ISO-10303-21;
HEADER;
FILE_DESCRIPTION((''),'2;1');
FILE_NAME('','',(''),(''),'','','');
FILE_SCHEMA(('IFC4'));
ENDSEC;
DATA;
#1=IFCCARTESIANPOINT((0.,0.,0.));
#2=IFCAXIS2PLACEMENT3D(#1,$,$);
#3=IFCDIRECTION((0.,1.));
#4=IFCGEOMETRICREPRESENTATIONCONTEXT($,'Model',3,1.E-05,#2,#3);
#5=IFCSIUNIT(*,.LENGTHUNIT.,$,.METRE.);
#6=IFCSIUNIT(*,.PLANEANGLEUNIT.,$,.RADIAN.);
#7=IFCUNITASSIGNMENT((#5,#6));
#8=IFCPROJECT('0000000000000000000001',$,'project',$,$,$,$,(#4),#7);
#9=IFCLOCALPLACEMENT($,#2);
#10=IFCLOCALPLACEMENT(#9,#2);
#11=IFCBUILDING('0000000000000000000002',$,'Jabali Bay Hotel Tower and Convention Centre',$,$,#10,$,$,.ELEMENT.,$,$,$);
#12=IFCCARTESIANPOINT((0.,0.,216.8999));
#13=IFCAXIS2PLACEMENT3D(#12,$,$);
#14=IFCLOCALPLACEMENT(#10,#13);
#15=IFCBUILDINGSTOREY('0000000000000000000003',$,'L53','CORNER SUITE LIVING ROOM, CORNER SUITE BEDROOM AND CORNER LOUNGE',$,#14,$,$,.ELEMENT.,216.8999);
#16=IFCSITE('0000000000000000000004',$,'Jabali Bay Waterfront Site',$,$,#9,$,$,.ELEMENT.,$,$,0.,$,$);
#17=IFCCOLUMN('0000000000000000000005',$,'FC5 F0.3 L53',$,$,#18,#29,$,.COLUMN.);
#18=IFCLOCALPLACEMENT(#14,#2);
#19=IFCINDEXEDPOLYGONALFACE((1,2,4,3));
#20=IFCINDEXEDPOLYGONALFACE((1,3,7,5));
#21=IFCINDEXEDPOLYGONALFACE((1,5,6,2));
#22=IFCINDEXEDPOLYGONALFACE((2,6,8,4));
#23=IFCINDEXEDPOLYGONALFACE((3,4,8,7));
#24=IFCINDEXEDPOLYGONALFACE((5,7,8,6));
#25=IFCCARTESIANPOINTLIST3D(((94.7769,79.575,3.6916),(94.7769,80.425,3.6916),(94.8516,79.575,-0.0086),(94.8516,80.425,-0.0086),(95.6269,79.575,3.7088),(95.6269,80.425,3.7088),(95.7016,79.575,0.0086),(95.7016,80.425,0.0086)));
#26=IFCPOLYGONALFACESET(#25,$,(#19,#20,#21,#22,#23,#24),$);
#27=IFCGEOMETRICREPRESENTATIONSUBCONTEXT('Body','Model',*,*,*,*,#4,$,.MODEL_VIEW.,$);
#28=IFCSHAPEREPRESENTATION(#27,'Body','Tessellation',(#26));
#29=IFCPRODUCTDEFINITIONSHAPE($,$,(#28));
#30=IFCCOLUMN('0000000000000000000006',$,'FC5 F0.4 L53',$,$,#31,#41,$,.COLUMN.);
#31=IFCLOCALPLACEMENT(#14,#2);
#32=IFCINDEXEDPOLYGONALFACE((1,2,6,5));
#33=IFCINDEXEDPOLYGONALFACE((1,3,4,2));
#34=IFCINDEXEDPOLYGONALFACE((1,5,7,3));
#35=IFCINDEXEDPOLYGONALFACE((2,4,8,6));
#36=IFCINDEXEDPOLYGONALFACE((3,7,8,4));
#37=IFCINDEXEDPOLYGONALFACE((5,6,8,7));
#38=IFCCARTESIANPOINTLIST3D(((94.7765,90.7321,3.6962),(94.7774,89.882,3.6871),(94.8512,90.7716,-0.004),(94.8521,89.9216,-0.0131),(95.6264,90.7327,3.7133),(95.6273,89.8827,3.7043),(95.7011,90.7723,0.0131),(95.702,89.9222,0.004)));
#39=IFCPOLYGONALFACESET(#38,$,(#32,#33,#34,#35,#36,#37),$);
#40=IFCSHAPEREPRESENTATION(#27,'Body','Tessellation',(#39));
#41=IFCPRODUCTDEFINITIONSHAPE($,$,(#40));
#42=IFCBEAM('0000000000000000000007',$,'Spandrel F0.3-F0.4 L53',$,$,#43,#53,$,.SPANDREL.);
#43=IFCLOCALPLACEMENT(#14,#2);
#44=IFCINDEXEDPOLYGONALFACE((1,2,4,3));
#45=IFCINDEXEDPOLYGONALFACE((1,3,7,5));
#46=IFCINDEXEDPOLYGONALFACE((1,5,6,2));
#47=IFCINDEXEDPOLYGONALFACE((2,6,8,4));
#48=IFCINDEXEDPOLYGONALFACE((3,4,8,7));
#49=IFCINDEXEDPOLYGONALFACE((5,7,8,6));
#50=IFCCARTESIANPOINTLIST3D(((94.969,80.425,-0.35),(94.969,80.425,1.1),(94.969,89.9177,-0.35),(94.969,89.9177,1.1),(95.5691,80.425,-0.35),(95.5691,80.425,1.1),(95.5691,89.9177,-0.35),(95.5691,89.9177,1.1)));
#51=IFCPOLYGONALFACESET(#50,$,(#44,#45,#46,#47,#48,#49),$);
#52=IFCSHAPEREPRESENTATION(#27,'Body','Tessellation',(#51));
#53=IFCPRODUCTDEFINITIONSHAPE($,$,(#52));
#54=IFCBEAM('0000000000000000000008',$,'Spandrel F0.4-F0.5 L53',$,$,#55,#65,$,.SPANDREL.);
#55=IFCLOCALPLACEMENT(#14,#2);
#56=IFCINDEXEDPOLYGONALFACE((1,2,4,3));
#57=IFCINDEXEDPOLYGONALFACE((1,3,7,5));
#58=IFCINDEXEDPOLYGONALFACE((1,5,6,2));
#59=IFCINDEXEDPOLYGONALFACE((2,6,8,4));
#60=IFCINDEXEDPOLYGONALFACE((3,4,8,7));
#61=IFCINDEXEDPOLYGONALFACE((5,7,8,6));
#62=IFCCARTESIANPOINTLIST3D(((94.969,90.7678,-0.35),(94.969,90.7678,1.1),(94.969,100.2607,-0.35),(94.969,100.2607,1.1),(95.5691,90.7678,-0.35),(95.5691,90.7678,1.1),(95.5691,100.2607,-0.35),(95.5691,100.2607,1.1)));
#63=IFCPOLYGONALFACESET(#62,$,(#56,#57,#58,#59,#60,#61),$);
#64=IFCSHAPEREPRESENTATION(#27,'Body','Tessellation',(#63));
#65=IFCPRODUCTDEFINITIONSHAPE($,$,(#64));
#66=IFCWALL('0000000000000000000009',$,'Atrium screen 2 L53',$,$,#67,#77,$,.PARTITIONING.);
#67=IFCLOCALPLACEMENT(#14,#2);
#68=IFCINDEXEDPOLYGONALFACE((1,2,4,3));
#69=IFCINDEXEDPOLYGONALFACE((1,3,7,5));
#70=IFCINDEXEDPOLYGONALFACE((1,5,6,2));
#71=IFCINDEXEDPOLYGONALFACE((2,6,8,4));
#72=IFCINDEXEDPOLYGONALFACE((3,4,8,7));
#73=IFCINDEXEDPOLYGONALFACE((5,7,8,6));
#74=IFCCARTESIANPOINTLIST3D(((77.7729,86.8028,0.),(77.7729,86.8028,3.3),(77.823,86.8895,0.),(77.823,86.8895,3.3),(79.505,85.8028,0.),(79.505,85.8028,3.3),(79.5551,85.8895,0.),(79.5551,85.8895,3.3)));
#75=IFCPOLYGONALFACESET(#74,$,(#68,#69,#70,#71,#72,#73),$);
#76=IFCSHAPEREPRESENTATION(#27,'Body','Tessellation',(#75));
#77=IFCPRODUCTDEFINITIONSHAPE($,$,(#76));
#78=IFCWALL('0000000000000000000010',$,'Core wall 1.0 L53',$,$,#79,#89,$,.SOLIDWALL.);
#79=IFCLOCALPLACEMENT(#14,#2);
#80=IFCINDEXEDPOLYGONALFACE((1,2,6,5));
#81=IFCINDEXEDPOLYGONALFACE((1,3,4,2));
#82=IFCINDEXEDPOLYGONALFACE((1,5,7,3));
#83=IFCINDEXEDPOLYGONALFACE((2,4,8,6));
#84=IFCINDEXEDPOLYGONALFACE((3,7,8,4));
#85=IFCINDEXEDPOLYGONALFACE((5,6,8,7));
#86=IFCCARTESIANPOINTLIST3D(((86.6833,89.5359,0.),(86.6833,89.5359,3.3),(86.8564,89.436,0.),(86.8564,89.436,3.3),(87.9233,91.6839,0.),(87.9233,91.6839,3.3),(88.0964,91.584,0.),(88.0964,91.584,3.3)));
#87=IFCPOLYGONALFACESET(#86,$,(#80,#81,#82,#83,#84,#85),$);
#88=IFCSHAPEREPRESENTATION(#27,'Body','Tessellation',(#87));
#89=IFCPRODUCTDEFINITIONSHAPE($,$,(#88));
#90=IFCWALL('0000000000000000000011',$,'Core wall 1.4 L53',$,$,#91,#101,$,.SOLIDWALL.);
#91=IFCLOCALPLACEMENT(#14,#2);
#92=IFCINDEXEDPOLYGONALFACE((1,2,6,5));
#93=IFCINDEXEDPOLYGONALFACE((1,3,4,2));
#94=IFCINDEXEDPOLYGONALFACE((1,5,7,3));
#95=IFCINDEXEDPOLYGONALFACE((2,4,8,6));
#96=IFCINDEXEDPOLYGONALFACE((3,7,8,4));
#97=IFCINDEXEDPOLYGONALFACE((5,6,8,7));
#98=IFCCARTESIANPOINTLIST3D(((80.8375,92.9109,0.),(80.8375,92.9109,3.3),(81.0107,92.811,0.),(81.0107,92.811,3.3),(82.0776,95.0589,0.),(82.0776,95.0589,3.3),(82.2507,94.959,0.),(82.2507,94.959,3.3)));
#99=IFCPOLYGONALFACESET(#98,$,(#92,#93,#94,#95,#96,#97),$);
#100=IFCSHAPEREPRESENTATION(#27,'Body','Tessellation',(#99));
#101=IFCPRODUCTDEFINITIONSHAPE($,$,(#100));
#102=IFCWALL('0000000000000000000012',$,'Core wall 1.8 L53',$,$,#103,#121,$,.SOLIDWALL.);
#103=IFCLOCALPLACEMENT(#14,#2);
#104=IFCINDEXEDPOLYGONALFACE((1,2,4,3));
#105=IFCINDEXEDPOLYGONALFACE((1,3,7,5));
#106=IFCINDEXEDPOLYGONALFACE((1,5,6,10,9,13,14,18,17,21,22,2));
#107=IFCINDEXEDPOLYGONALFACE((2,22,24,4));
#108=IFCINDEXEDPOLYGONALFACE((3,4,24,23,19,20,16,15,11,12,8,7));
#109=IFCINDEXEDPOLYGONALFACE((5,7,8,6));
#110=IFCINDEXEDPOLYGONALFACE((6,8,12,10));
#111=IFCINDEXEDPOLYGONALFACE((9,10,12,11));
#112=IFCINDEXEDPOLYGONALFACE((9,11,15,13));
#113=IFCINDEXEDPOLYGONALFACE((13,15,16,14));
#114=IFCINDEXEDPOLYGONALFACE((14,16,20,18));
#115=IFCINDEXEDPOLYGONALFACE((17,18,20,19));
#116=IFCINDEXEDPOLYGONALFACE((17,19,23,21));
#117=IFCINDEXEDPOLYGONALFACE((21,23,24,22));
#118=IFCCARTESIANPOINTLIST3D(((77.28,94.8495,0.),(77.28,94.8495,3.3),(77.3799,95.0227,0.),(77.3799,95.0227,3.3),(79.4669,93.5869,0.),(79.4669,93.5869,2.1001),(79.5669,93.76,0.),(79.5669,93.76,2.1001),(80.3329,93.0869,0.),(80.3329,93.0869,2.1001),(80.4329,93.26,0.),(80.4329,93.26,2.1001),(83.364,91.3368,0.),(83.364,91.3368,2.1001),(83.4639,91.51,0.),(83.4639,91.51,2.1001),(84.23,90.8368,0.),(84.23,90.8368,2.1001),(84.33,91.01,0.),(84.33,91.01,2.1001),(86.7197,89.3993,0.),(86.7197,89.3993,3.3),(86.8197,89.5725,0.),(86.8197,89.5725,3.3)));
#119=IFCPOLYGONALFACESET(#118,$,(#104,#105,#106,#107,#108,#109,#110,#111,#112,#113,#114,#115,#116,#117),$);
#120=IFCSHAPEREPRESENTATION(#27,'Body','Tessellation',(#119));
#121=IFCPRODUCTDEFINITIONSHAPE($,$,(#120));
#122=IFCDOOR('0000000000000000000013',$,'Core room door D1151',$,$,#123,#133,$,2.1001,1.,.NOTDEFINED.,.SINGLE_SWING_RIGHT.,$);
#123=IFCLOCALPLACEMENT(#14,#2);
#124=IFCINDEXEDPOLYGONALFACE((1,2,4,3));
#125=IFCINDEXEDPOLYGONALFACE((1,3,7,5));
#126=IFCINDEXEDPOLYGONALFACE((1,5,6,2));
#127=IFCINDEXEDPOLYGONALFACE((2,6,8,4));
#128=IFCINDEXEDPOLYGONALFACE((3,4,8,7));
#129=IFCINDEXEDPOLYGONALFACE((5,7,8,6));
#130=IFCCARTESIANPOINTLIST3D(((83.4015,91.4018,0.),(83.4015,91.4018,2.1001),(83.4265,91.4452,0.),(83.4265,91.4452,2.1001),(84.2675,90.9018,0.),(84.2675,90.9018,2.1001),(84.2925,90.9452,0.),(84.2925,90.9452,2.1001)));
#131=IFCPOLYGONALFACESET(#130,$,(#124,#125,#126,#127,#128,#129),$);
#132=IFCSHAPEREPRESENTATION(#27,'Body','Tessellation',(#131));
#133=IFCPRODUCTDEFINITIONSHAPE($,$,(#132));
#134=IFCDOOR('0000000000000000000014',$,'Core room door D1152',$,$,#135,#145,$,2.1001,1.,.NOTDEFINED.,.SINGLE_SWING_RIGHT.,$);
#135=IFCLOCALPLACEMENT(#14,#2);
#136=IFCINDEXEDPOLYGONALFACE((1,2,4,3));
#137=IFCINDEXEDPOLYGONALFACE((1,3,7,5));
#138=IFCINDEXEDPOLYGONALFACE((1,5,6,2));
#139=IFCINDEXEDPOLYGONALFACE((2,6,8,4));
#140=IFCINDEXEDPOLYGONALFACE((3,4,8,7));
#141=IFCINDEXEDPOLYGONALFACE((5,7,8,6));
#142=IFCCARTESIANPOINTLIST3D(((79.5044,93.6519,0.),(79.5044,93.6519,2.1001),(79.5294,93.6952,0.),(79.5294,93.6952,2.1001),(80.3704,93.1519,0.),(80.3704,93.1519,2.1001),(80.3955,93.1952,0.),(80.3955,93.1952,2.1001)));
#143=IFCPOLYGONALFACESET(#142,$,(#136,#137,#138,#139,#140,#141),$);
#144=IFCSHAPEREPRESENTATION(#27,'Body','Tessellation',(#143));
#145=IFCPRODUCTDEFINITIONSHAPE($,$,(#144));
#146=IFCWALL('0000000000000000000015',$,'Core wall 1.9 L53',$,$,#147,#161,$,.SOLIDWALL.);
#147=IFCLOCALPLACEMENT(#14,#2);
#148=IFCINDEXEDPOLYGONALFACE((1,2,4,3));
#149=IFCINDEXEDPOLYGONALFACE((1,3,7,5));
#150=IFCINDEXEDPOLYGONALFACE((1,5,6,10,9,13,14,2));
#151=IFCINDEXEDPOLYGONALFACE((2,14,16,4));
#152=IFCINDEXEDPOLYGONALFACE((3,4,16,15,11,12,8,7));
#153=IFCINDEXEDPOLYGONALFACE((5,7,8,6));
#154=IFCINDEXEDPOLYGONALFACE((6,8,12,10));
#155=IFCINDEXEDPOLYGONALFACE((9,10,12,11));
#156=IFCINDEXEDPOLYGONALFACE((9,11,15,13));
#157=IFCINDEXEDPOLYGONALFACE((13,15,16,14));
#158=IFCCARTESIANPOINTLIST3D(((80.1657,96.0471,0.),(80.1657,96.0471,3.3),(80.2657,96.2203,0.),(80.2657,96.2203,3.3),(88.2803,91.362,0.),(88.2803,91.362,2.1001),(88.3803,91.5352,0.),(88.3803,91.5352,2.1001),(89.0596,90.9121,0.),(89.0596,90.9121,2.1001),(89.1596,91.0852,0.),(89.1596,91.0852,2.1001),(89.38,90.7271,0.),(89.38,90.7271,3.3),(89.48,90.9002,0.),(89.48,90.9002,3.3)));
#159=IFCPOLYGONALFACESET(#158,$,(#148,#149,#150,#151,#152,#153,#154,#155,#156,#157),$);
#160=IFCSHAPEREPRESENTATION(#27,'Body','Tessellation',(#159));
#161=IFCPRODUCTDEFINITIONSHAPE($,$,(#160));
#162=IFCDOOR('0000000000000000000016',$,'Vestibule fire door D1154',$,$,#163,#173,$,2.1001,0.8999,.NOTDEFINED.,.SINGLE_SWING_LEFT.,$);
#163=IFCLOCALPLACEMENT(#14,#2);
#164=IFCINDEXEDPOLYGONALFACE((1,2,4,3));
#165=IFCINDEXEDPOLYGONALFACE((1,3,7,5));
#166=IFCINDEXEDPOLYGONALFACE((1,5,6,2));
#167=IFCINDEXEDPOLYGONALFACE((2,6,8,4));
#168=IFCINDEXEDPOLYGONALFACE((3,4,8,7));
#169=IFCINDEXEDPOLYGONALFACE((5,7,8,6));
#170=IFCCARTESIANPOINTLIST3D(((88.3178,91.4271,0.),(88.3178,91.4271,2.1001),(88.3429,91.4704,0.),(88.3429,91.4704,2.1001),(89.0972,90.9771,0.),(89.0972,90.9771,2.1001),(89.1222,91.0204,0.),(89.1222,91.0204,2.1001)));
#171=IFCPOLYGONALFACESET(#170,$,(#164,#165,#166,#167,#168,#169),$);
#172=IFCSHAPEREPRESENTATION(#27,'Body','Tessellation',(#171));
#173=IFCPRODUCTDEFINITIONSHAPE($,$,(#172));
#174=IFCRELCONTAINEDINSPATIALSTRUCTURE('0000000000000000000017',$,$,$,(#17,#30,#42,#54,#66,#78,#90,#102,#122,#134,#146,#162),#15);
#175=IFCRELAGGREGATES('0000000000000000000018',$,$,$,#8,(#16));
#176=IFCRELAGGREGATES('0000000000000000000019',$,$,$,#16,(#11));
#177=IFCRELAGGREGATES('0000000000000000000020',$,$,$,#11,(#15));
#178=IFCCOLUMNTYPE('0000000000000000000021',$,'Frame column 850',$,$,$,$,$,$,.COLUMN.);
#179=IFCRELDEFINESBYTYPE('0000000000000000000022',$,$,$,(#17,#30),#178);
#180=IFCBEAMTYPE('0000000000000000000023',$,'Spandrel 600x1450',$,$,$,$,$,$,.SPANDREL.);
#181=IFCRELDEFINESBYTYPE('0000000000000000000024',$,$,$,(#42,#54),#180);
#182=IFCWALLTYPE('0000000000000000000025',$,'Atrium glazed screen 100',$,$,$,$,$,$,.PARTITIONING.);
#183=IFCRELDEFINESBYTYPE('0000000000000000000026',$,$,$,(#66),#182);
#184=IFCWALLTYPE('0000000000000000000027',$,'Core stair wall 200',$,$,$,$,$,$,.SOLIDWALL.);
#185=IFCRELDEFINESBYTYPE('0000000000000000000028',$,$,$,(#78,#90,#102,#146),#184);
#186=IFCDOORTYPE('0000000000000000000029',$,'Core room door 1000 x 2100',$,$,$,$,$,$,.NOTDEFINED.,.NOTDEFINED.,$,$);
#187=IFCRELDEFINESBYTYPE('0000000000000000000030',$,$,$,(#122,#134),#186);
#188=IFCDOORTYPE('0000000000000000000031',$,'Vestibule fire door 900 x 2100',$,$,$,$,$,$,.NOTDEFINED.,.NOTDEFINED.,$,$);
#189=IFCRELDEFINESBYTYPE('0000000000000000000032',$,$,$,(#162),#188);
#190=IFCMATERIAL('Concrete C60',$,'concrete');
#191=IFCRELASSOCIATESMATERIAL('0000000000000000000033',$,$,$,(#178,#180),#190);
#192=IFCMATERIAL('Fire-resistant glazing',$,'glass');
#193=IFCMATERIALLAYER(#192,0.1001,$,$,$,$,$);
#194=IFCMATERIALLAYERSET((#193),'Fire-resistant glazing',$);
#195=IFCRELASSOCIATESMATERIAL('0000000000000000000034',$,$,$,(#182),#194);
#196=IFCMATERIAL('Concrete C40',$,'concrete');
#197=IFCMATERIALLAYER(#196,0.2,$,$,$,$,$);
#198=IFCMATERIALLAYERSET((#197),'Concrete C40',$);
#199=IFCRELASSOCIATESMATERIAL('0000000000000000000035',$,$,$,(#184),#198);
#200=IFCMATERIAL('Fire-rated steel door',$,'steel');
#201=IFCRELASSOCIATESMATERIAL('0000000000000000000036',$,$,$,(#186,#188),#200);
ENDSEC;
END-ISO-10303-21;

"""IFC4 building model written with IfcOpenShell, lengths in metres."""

from ifc_helpers import new_model, si_unit, direction, frame, frame_2d, origin, origin_2d, place, context, subcontext, project, spatial, rectangle, extrude, material, layer, layer_set, material_profile, profile_set, type_object, element, fill, save


model = new_model("IFC4")

# Units and contexts
model_context = context("Model", 3, precision=1e-05, world=origin(), true_north=direction((0.0, 1.0)))
body_context = subcontext(model_context, "Body", "Model", "MODEL_VIEW")
ifc_project = project(units=[si_unit("LENGTHUNIT", "METRE"), si_unit("PLANEANGLEUNIT", "RADIAN")], contexts=[model_context])

# Site, building, storey
site_placement = place(None, origin())
site = spatial("IfcSite", under=ifc_project, at=site_placement, Name="Jabali Bay Waterfront Site", CompositionType="ELEMENT", RefElevation=0.0)
building_placement = place(site_placement, origin())
building = spatial("IfcBuilding", under=site, at=building_placement, Name="Jabali Bay Hotel Tower and Convention Centre", CompositionType="ELEMENT")
storey_placement = place(building_placement, frame((0.0, 0.0, 216.8999)))
storey = spatial("IfcBuildingStorey", under=building, at=storey_placement, Name="L53", Description="CORNER SUITE LIVING ROOM, CORNER SUITE BEDROOM AND CORNER LOUNGE", CompositionType="ELEMENT", Elevation=216.8999)

# Columns
ifc_material_1 = material(Name="Concrete C60", Category="concrete")
ifc_material_profile_1 = material_profile(ifc_material_1, rectangle(XDim=0.8501, YDim=0.8501, at=origin_2d()), Name="Frame column 850")
ifc_profile_set_1 = profile_set([ifc_material_profile_1], Name="Concrete C60")
column_type = type_object("IfcColumnType", Name="Frame column 850", PredefinedType="COLUMN", material=ifc_profile_set_1)
column_1_placement = place(storey_placement, frame((95.2766, 80.0, 0.0), z_axis=(-0.020186, 0.0, 0.999796), x_axis=(0.0, -1.0, 0.0)))
element("IfcColumn", 1, at=column_1_placement, inside=storey, type_object=column_type, Name="FC5 F0.3 L53", PredefinedType="COLUMN", context=body_context, shape_type="SweptSolid", body=[
    extrude(rectangle(XDim=0.8501, YDim=0.8501, at=origin_2d()), origin(), (0.0, 0.0, 1.0), 3.7009),
])
column_2_placement = place(storey_placement, frame((95.2766, 90.3469, 0.0), z_axis=(-0.020185, -0.010686, 0.999739), x_axis=(0.999796, 0.000797, 0.020194)))
element("IfcColumn", 2, at=column_2_placement, inside=storey, type_object=column_type, Name="FC5 F0.4 L53", PredefinedType="COLUMN", context=body_context, shape_type="SweptSolid", body=[
    extrude(rectangle(XDim=0.8501, YDim=0.8501, at=origin_2d()), origin(), (0.0, 0.0, 1.0), 3.7012),
])

# Beams
ifc_material_profile_2 = material_profile(ifc_material_1, rectangle(XDim=0.6001, YDim=1.45, at=origin_2d()), Name="Spandrel 600x1450")
ifc_profile_set_2 = profile_set([ifc_material_profile_2], Name="Concrete C60")
beam_type = type_object("IfcBeamType", Name="Spandrel 600x1450", PredefinedType="SPANDREL", material=ifc_profile_set_2)
beam_1_placement = place(storey_placement, frame((95.269, 80.425, 0.375), z_axis=(0.0, 1.0, 0.0), x_axis=(-1.0, 0.0, 0.0)))
element("IfcBeam", 3, at=beam_1_placement, inside=storey, type_object=beam_type, Name="Spandrel F0.3-F0.4 L53", PredefinedType="SPANDREL", context=body_context, shape_type="SweptSolid", body=[
    extrude(rectangle(XDim=0.6001, YDim=1.45, at=origin_2d()), origin(), (0.0, 0.0, 1.0), 9.4927),
])
beam_2_placement = place(storey_placement, frame((95.269, 90.7678, 0.375), z_axis=(0.0, 1.0, 0.0), x_axis=(-1.0, 0.0, 0.0)))
element("IfcBeam", 4, at=beam_2_placement, inside=storey, type_object=beam_type, Name="Spandrel F0.4-F0.5 L53", PredefinedType="SPANDREL", context=body_context, shape_type="SweptSolid", body=[
    extrude(rectangle(XDim=0.6001, YDim=1.45, at=origin_2d()), origin(), (0.0, 0.0, 1.0), 9.4929),
])

# Walls
ifc_material_2 = material(Name="Fire-resistant glazing", Category="glass")
ifc_layer_1 = layer(ifc_material_2, 0.1001)
ifc_layer_set_1 = layer_set([ifc_layer_1], Name="Fire-resistant glazing")
wall_type_1 = type_object("IfcWallType", Name="Atrium glazed screen 100", PredefinedType="PARTITIONING", material=ifc_layer_set_1)
wall_1_placement = place(storey_placement, frame((79.53, 85.8462, 0.0), z_axis=(0.0, 0.0, 1.0), x_axis=(-0.866041, 0.499973, 0.0)))
element("IfcWall", 5, at=wall_1_placement, inside=storey, type_object=wall_type_1, Name="Atrium screen 2 L53", PredefinedType="PARTITIONING", context=body_context, shape_type="SweptSolid", body=[
    extrude(rectangle(XDim=2.0, YDim=0.1001, at=frame_2d((1.0, 0.0))), origin(), (0.0, 0.0, 1.0), 3.3),
])
ifc_material_3 = material(Name="Concrete C40", Category="concrete")
ifc_layer_2 = layer(ifc_material_3, 0.2)
ifc_layer_set_2 = layer_set([ifc_layer_2], Name="Concrete C40")
wall_type_2 = type_object("IfcWallType", Name="Core stair wall 200", PredefinedType="SOLIDWALL", material=ifc_layer_set_2)
for number, where, z_axis, x_axis, name in (
    (6, (86.7698, 89.4858, 0.0), (0.0, 0.0, 1.0), (0.499961, 0.866048, 0.0), "Core wall 1.0 L53"),
    (7, (80.9241, 92.8608, 0.0), (0.0, 0.0, 1.0), (0.499961, 0.866048, 0.0), "Core wall 1.4 L53"),
):
    element("IfcWall", number, at=place(storey_placement, frame(where, z_axis=z_axis, x_axis=x_axis)), inside=storey, type_object=wall_type_2, Name=name, PredefinedType="SOLIDWALL", context=body_context, shape_type="SweptSolid", body=[
        extrude(rectangle(XDim=2.4802, YDim=0.2, at=frame_2d((1.2402, 0.0))), origin(), (0.0, 0.0, 1.0), 3.3),
    ])

# Wall, openings, doors
wall_2_placement = place(storey_placement, frame((86.7698, 89.4858, 0.0), z_axis=(0.0, 0.0, 1.0), x_axis=(-0.866018, 0.500013, 0.0)))
wall_2 = element("IfcWall", 8, at=wall_2_placement, inside=storey, type_object=wall_type_2, Name="Core wall 1.8 L53", PredefinedType="SOLIDWALL", context=body_context, shape_type="SweptSolid", body=[
    extrude(rectangle(XDim=10.9001, YDim=0.2, at=frame_2d((5.4502, 0.0))), origin(), (0.0, 0.0, 1.0), 3.3),
])
opening_1_placement = place(wall_2_placement, frame((2.875, 0.0, 0.0)))
opening_1 = element("IfcOpeningElement", 9, at=opening_1_placement, cuts=wall_2, PredefinedType="OPENING", context=body_context, shape_type="SweptSolid", body=[
    extrude(rectangle(XDim=1.0, YDim=2.1001, at=frame_2d((0.5, 1.05))), frame((0.0, 0.1104, 0.0), z_axis=(0.0, -1.0, 0.0), x_axis=(1.0, 0.0, 0.0)), (0.0, 0.0, 1.0), 0.2209),
])
opening_2_placement = place(wall_2_placement, frame((7.375, 0.0, 0.0)))
opening_2 = element("IfcOpeningElement", 10, at=opening_2_placement, cuts=wall_2, PredefinedType="OPENING", context=body_context, shape_type="SweptSolid", body=[
    extrude(rectangle(XDim=1.0, YDim=2.1001, at=frame_2d((0.5, 1.05))), frame((0.0, 0.1104, 0.0), z_axis=(0.0, -1.0, 0.0), x_axis=(1.0, 0.0, 0.0)), (0.0, 0.0, 1.0), 0.2209),
])
ifc_material_4 = material(Name="Fire-rated steel door", Category="steel")
door_type_1 = type_object("IfcDoorType", Name="Core room door 1000 x 2100", OperationType="NOTDEFINED", PredefinedType="NOTDEFINED", material=ifc_material_4)
door_1_placement = place(opening_1_placement, origin())
door_1 = element("IfcDoor", 11, at=door_1_placement, inside=storey, type_object=door_type_1, Name="Core room door D1151", OperationType="SINGLE_SWING_RIGHT", OverallHeight=2.1001, OverallWidth=1.0, PredefinedType="NOTDEFINED", context=body_context, shape_type="SweptSolid", body=[
    extrude(rectangle(XDim=1.0, YDim=2.1001, at=frame_2d((0.5, 1.05))), frame((0.0, 0.0249, 0.0), z_axis=(0.0, -1.0, 0.0), x_axis=(1.0, 0.0, 0.0)), (0.0, 0.0, 1.0), 0.05),
])
fill(opening_1, door_1)
door_2_placement = place(opening_2_placement, origin())
door_2 = element("IfcDoor", 12, at=door_2_placement, inside=storey, type_object=door_type_1, Name="Core room door D1152", OperationType="SINGLE_SWING_RIGHT", OverallHeight=2.1001, OverallWidth=1.0, PredefinedType="NOTDEFINED", context=body_context, shape_type="SweptSolid", body=[
    extrude(rectangle(XDim=1.0, YDim=2.1001, at=frame_2d((0.5, 1.05))), frame((0.0, 0.0249, 0.0), z_axis=(0.0, -1.0, 0.0), x_axis=(1.0, 0.0, 0.0)), (0.0, 0.0, 1.0), 0.05),
])
fill(opening_2, door_2)

# Wall, opening, door
wall_3_placement = place(storey_placement, frame((89.4299, 90.8137, 0.0), z_axis=(0.0, 0.0, 1.0), x_axis=(-0.866019, 0.500011, 0.0)))
wall_3 = element("IfcWall", 13, at=wall_3_placement, inside=storey, type_object=wall_type_2, Name="Core wall 1.9 L53", PredefinedType="SOLIDWALL", context=body_context, shape_type="SweptSolid", body=[
    extrude(rectangle(XDim=10.6399, YDim=0.2, at=frame_2d((5.3198, 0.0))), origin(), (0.0, 0.0, 1.0), 3.3),
])
opening_3_placement = place(wall_3_placement, frame((0.3699, 0.0, 0.0)))
opening_3 = element("IfcOpeningElement", 14, at=opening_3_placement, cuts=wall_3, PredefinedType="OPENING", context=body_context, shape_type="SweptSolid", body=[
    extrude(rectangle(XDim=0.8999, YDim=2.1001, at=frame_2d((0.45, 1.05))), frame((0.0, 0.1104, 0.0), z_axis=(0.0, -1.0, 0.0), x_axis=(1.0, 0.0, 0.0)), (0.0, 0.0, 1.0), 0.2209),
])
door_type_2 = type_object("IfcDoorType", Name="Vestibule fire door 900 x 2100", OperationType="NOTDEFINED", PredefinedType="NOTDEFINED", material=ifc_material_4)
door_3_placement = place(opening_3_placement, origin())
door_3 = element("IfcDoor", 15, at=door_3_placement, inside=storey, type_object=door_type_2, Name="Vestibule fire door D1154", OperationType="SINGLE_SWING_LEFT", OverallHeight=2.1001, OverallWidth=0.8999, PredefinedType="NOTDEFINED", context=body_context, shape_type="SweptSolid", body=[
    extrude(rectangle(XDim=0.8999, YDim=2.1001, at=frame_2d((0.45, 1.05))), frame((0.0, 0.0249, 0.0), z_axis=(0.0, -1.0, 0.0), x_axis=(1.0, 0.0, 0.0)), (0.0, 0.0, 1.0), 0.05),
])
fill(opening_3, door_3)

save(model, "model.ifc")
